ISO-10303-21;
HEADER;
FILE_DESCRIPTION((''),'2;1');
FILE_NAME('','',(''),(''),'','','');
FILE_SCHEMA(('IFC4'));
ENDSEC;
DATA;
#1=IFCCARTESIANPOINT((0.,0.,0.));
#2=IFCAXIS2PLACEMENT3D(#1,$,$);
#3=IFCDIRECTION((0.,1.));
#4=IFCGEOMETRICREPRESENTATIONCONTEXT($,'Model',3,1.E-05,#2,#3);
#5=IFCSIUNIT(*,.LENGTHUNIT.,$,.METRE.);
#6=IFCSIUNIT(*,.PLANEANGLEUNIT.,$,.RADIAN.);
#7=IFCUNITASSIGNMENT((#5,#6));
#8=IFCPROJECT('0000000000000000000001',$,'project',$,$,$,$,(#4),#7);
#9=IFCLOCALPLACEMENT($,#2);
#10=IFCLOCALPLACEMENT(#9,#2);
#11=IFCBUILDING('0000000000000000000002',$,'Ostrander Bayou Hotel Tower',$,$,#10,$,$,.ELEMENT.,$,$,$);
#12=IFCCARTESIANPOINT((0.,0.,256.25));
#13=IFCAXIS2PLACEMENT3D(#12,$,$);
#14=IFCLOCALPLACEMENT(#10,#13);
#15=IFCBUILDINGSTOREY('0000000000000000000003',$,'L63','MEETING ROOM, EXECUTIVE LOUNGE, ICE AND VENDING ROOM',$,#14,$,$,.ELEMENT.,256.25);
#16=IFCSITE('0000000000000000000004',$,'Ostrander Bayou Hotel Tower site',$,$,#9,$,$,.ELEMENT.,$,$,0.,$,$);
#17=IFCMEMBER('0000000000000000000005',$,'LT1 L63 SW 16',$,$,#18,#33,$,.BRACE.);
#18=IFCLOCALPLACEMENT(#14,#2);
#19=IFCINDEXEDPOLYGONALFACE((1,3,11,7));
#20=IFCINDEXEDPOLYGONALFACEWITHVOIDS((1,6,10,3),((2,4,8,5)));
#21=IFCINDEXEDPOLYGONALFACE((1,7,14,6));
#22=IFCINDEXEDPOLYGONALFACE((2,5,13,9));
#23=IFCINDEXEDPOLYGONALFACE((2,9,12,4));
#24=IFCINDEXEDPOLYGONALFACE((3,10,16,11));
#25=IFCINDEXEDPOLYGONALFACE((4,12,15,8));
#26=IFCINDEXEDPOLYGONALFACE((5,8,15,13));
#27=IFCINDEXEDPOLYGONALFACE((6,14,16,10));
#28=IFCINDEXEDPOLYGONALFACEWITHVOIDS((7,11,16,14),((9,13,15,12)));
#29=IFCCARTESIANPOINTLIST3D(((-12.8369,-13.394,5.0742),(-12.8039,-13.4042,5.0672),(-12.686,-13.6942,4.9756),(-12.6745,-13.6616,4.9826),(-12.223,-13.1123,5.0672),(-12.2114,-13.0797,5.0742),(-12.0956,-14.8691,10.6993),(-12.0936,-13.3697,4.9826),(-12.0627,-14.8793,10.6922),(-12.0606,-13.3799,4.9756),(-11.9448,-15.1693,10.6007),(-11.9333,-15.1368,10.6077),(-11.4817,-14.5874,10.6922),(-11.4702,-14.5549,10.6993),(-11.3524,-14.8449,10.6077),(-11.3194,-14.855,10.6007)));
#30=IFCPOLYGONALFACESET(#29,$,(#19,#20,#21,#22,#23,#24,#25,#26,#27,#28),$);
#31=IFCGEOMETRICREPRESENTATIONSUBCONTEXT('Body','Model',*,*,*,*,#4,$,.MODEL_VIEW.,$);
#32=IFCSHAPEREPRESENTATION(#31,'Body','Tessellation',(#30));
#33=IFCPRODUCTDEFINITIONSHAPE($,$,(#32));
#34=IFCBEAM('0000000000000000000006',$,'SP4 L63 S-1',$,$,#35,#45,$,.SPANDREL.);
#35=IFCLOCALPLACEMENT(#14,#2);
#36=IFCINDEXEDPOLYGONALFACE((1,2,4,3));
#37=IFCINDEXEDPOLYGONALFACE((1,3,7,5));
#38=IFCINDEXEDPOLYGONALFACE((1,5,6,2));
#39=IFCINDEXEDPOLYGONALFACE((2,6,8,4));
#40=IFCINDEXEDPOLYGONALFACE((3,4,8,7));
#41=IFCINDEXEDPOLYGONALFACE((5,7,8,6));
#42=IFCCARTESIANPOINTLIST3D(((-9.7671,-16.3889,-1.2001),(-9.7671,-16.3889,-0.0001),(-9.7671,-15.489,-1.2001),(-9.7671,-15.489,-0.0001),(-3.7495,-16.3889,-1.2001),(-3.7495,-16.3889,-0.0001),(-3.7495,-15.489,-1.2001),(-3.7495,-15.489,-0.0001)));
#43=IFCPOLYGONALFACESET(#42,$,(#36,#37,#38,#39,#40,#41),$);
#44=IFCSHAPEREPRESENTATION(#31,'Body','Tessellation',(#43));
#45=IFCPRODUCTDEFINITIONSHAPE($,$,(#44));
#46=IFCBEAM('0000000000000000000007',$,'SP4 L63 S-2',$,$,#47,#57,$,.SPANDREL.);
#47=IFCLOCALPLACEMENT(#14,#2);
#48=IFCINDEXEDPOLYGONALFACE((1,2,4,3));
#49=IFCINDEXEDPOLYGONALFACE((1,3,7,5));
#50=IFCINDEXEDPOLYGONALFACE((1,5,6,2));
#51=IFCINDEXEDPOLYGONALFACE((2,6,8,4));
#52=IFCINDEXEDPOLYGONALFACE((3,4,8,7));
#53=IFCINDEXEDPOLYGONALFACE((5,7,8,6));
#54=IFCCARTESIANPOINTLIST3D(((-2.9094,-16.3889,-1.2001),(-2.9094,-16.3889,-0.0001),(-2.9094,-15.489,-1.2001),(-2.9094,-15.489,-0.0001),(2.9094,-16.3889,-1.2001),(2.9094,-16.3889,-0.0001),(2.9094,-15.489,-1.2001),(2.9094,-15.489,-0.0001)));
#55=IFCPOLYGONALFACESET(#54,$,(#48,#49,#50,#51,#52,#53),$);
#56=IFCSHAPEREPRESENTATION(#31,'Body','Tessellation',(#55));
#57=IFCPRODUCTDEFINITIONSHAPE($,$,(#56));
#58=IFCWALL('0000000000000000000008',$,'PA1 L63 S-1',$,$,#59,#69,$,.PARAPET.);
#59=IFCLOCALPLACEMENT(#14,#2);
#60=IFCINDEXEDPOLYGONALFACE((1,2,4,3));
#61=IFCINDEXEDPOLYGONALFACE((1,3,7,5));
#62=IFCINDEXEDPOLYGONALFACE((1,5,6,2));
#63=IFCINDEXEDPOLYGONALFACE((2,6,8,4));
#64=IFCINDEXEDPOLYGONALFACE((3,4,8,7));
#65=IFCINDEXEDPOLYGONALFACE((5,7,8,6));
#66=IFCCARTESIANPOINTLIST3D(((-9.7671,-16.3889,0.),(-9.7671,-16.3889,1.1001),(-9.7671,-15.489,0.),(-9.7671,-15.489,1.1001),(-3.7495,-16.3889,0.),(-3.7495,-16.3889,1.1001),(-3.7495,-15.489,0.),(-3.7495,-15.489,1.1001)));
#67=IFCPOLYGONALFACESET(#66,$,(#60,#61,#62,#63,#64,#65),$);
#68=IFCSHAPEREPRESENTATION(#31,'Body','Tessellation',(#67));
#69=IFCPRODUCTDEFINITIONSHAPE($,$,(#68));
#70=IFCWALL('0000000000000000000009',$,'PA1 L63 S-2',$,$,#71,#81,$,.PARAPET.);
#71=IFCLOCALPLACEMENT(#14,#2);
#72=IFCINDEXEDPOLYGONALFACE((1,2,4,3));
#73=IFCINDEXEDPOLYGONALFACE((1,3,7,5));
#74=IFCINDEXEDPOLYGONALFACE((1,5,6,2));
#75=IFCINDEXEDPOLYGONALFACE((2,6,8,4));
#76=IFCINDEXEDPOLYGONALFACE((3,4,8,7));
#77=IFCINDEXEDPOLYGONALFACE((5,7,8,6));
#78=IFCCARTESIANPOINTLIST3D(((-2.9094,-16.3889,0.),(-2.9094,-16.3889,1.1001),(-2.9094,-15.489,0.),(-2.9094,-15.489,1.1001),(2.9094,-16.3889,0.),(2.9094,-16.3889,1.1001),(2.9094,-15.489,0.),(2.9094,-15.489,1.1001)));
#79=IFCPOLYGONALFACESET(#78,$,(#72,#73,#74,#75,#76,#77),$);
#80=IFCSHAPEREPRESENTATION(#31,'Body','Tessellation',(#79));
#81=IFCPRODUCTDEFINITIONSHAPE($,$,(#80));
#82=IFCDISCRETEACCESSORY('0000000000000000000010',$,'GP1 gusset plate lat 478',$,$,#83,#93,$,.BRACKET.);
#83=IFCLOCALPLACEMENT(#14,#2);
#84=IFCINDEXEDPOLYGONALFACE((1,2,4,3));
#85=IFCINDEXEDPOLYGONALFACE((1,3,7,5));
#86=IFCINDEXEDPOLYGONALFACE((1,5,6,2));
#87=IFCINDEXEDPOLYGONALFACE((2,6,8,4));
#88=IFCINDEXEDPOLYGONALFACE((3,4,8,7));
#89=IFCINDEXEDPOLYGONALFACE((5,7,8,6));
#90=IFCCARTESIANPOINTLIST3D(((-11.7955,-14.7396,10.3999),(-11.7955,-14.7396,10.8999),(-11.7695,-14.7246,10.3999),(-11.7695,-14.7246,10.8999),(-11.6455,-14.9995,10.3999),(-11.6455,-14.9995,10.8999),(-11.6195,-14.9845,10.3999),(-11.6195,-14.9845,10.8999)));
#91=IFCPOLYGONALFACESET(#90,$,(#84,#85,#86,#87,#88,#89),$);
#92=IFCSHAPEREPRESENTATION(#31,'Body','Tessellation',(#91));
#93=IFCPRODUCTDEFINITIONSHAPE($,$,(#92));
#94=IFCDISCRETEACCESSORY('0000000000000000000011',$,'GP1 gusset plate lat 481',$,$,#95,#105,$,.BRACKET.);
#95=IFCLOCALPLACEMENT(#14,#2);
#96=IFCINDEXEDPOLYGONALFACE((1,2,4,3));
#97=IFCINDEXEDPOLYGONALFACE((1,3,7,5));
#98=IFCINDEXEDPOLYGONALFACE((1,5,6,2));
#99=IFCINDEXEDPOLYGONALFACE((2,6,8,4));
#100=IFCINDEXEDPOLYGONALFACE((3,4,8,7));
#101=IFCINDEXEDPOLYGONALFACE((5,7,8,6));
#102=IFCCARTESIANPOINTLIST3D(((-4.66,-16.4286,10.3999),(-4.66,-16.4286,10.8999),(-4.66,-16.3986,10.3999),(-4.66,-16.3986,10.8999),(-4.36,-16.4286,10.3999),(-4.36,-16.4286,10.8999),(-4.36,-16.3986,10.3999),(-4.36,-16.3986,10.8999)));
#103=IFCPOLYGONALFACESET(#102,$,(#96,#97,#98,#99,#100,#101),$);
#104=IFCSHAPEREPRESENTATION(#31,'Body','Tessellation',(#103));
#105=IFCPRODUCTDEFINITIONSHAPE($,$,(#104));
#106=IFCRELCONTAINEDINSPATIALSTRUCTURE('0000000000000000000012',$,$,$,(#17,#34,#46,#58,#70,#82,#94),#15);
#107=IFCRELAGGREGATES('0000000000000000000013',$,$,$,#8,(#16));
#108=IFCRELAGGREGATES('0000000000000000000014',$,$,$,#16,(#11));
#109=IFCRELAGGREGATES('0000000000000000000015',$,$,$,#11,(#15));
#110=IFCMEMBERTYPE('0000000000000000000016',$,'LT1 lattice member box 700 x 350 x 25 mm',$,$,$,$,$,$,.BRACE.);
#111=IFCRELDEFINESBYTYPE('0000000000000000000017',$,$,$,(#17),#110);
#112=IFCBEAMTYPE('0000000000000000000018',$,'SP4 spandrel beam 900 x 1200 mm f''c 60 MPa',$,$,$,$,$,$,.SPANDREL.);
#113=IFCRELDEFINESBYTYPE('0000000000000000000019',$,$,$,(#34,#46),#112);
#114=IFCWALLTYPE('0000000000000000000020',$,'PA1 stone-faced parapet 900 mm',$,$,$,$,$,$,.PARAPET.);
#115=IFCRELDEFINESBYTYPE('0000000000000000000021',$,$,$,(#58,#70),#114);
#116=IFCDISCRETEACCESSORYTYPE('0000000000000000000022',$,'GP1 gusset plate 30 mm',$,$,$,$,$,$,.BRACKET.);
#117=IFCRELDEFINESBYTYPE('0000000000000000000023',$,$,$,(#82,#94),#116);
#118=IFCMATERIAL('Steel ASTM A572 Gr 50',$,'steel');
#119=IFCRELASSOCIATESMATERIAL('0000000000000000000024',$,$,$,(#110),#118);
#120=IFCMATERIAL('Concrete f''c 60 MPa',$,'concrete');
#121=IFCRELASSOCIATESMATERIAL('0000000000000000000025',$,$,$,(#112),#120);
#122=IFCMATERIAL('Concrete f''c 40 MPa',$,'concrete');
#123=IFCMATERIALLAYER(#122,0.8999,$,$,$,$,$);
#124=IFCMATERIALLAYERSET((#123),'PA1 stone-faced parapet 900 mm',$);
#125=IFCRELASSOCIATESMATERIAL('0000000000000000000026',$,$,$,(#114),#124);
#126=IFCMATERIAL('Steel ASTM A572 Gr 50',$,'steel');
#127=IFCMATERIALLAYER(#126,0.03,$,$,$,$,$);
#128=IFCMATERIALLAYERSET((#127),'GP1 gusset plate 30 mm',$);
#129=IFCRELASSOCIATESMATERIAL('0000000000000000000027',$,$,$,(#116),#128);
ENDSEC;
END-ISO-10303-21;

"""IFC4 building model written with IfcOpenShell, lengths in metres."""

from ifc_helpers import new_model, si_unit, direction, frame, frame_2d, origin, origin_2d, place, context, subcontext, project, spatial, rectangle, hollow_rectangle, extrude, material, layer, layer_set, material_profile, profile_set, type_object, element, save


model = new_model("IFC4")

# Units and contexts
model_context = context("Model", 3, precision=1e-05, world=origin(), true_north=direction((0.0, 1.0)))
body_context = subcontext(model_context, "Body", "Model", "MODEL_VIEW")
ifc_project = project(units=[si_unit("LENGTHUNIT", "METRE"), si_unit("PLANEANGLEUNIT", "RADIAN")], contexts=[model_context])

# Site, building, storey
site_placement = place(None, origin())
site = spatial("IfcSite", under=ifc_project, at=site_placement, Name="Ostrander Bayou Hotel Tower site", CompositionType="ELEMENT", RefElevation=0.0)
building_placement = place(site_placement, origin())
building = spatial("IfcBuilding", under=site, at=building_placement, Name="Ostrander Bayou Hotel Tower", CompositionType="ELEMENT")
storey_placement = place(building_placement, frame((0.0, 0.0, 256.25)))
storey = spatial("IfcBuildingStorey", under=building, at=storey_placement, Name="L63", Description="MEETING ROOM, EXECUTIVE LOUNGE, ICE AND VENDING ROOM", CompositionType="ELEMENT", Elevation=256.25)

# Member
ifc_material_1 = material(Name="Steel ASTM A572 Gr 50", Category="steel")
ifc_material_profile_1 = material_profile(ifc_material_1, hollow_rectangle(XDim=0.7, YDim=0.3501, WallThickness=0.0249, at=origin_2d()))
ifc_profile_set_1 = profile_set([ifc_material_profile_1], Name="Steel ASTM A572 Gr 50")
member_type_1 = type_object("IfcMemberType", Name="LT1 lattice member box 700 x 350 x 25 mm", PredefinedType="BRACE", material=ifc_profile_set_1)
member_1_placement = place(storey_placement, frame((-12.4487, -13.387, 5.0249), z_axis=(0.126438, -0.251627, 0.95953), x_axis=(0.893538, 0.448987, 0.0)))
element("IfcMember", 1, at=member_1_placement, inside=storey, type_object=member_type_1, Name="LT1 L63 SW 16", PredefinedType="BRACE", context=body_context, shape_type="SweptSolid", body=[
    extrude(hollow_rectangle(XDim=0.7, YDim=0.3501, WallThickness=0.0249, at=origin_2d()), origin(), (0.0, 0.0, 1.0), 5.8623),
])

# Beams
ifc_material_2 = material(Name="Concrete f'c 60 MPa", Category="concrete")
ifc_material_profile_2 = material_profile(ifc_material_2, rectangle(XDim=0.8999, YDim=1.2, at=origin_2d()))
ifc_profile_set_2 = profile_set([ifc_material_profile_2], Name="Concrete f'c 60 MPa")
beam_type_1 = type_object("IfcBeamType", Name="SP4 spandrel beam 900 x 1200 mm f'c 60 MPa", PredefinedType="SPANDREL", material=ifc_profile_set_2)
beam_1_placement = place(storey_placement, frame((-9.7671, -15.939, -0.6001), z_axis=(1.0, 0.0, 0.0), x_axis=(0.0, 1.0, 0.0)))
element("IfcBeam", 2, at=beam_1_placement, inside=storey, type_object=beam_type_1, Name="SP4 L63 S-1", PredefinedType="SPANDREL", context=body_context, shape_type="SweptSolid", body=[
    extrude(rectangle(XDim=0.8999, YDim=1.2, at=origin_2d()), origin(), (0.0, 0.0, 1.0), 6.0176),
])
beam_2_placement = place(storey_placement, frame((-2.9094, -15.939, -0.6001), z_axis=(1.0, 0.0, 0.0), x_axis=(0.0, 1.0, 0.0)))
element("IfcBeam", 3, at=beam_2_placement, inside=storey, type_object=beam_type_1, Name="SP4 L63 S-2", PredefinedType="SPANDREL", context=body_context, shape_type="SweptSolid", body=[
    extrude(rectangle(XDim=0.8999, YDim=1.2, at=origin_2d()), origin(), (0.0, 0.0, 1.0), 5.8188),
])

# Walls
ifc_material_3 = material(Name="Concrete f'c 40 MPa", Category="concrete")
ifc_layer_1 = layer(ifc_material_3, 0.8999)
ifc_layer_set_1 = layer_set([ifc_layer_1], Name="PA1 stone-faced parapet 900 mm")
wall_type = type_object("IfcWallType", Name="PA1 stone-faced parapet 900 mm", PredefinedType="PARAPET", material=ifc_layer_set_1)
wall_1_placement = place(storey_placement, frame((-9.7671, -15.939, 0.0), z_axis=(0.0, 0.0, 1.0), x_axis=(1.0, 0.0, 0.0)))
element("IfcWall", 4, at=wall_1_placement, inside=storey, type_object=wall_type, Name="PA1 L63 S-1", PredefinedType="PARAPET", context=body_context, shape_type="SweptSolid", body=[
    extrude(rectangle(XDim=6.0176, YDim=0.8999, at=frame_2d((3.0088, 0.0))), origin(), (0.0, 0.0, 1.0), 1.1001),
])
wall_2_placement = place(storey_placement, frame((-2.9094, -15.939, 0.0), z_axis=(0.0, 0.0, 1.0), x_axis=(1.0, 0.0, 0.0)))
element("IfcWall", 5, at=wall_2_placement, inside=storey, type_object=wall_type, Name="PA1 L63 S-2", PredefinedType="PARAPET", context=body_context, shape_type="SweptSolid", body=[
    extrude(rectangle(XDim=5.8188, YDim=0.8999, at=frame_2d((2.9094, 0.0))), origin(), (0.0, 0.0, 1.0), 1.1001),
])

# Discrete accessories
ifc_material_4 = material(Name="Steel ASTM A572 Gr 50", Category="steel")
ifc_layer_2 = layer(ifc_material_4, 0.03)
ifc_layer_set_2 = layer_set([ifc_layer_2], Name="GP1 gusset plate 30 mm")
discrete_accessory_type = type_object("IfcDiscreteAccessoryType", Name="GP1 gusset plate 30 mm", PredefinedType="BRACKET", material=ifc_layer_set_2)
for number, where, z_axis, x_axis, name in (
    (6, (-11.7075, -14.8621, 10.3999), (0.0, 0.0, 1.0), (0.5, -0.866025, 0.0), "GP1 gusset plate lat 478"),
    (7, (-4.51, -16.4136, 10.3999), (0.0, 0.0, 1.0), (1.0, 0.0, 0.0), "GP1 gusset plate lat 481"),
):
    element("IfcDiscreteAccessory", number, at=place(storey_placement, frame(where, z_axis=z_axis, x_axis=x_axis)), inside=storey, type_object=discrete_accessory_type, Name=name, PredefinedType="BRACKET", context=body_context, shape_type="SweptSolid", body=[
        extrude(rectangle(XDim=0.3, YDim=0.03, at=origin_2d()), origin(), (0.0, 0.0, 1.0), 0.5),
    ])

save(model, "model.ifc")
